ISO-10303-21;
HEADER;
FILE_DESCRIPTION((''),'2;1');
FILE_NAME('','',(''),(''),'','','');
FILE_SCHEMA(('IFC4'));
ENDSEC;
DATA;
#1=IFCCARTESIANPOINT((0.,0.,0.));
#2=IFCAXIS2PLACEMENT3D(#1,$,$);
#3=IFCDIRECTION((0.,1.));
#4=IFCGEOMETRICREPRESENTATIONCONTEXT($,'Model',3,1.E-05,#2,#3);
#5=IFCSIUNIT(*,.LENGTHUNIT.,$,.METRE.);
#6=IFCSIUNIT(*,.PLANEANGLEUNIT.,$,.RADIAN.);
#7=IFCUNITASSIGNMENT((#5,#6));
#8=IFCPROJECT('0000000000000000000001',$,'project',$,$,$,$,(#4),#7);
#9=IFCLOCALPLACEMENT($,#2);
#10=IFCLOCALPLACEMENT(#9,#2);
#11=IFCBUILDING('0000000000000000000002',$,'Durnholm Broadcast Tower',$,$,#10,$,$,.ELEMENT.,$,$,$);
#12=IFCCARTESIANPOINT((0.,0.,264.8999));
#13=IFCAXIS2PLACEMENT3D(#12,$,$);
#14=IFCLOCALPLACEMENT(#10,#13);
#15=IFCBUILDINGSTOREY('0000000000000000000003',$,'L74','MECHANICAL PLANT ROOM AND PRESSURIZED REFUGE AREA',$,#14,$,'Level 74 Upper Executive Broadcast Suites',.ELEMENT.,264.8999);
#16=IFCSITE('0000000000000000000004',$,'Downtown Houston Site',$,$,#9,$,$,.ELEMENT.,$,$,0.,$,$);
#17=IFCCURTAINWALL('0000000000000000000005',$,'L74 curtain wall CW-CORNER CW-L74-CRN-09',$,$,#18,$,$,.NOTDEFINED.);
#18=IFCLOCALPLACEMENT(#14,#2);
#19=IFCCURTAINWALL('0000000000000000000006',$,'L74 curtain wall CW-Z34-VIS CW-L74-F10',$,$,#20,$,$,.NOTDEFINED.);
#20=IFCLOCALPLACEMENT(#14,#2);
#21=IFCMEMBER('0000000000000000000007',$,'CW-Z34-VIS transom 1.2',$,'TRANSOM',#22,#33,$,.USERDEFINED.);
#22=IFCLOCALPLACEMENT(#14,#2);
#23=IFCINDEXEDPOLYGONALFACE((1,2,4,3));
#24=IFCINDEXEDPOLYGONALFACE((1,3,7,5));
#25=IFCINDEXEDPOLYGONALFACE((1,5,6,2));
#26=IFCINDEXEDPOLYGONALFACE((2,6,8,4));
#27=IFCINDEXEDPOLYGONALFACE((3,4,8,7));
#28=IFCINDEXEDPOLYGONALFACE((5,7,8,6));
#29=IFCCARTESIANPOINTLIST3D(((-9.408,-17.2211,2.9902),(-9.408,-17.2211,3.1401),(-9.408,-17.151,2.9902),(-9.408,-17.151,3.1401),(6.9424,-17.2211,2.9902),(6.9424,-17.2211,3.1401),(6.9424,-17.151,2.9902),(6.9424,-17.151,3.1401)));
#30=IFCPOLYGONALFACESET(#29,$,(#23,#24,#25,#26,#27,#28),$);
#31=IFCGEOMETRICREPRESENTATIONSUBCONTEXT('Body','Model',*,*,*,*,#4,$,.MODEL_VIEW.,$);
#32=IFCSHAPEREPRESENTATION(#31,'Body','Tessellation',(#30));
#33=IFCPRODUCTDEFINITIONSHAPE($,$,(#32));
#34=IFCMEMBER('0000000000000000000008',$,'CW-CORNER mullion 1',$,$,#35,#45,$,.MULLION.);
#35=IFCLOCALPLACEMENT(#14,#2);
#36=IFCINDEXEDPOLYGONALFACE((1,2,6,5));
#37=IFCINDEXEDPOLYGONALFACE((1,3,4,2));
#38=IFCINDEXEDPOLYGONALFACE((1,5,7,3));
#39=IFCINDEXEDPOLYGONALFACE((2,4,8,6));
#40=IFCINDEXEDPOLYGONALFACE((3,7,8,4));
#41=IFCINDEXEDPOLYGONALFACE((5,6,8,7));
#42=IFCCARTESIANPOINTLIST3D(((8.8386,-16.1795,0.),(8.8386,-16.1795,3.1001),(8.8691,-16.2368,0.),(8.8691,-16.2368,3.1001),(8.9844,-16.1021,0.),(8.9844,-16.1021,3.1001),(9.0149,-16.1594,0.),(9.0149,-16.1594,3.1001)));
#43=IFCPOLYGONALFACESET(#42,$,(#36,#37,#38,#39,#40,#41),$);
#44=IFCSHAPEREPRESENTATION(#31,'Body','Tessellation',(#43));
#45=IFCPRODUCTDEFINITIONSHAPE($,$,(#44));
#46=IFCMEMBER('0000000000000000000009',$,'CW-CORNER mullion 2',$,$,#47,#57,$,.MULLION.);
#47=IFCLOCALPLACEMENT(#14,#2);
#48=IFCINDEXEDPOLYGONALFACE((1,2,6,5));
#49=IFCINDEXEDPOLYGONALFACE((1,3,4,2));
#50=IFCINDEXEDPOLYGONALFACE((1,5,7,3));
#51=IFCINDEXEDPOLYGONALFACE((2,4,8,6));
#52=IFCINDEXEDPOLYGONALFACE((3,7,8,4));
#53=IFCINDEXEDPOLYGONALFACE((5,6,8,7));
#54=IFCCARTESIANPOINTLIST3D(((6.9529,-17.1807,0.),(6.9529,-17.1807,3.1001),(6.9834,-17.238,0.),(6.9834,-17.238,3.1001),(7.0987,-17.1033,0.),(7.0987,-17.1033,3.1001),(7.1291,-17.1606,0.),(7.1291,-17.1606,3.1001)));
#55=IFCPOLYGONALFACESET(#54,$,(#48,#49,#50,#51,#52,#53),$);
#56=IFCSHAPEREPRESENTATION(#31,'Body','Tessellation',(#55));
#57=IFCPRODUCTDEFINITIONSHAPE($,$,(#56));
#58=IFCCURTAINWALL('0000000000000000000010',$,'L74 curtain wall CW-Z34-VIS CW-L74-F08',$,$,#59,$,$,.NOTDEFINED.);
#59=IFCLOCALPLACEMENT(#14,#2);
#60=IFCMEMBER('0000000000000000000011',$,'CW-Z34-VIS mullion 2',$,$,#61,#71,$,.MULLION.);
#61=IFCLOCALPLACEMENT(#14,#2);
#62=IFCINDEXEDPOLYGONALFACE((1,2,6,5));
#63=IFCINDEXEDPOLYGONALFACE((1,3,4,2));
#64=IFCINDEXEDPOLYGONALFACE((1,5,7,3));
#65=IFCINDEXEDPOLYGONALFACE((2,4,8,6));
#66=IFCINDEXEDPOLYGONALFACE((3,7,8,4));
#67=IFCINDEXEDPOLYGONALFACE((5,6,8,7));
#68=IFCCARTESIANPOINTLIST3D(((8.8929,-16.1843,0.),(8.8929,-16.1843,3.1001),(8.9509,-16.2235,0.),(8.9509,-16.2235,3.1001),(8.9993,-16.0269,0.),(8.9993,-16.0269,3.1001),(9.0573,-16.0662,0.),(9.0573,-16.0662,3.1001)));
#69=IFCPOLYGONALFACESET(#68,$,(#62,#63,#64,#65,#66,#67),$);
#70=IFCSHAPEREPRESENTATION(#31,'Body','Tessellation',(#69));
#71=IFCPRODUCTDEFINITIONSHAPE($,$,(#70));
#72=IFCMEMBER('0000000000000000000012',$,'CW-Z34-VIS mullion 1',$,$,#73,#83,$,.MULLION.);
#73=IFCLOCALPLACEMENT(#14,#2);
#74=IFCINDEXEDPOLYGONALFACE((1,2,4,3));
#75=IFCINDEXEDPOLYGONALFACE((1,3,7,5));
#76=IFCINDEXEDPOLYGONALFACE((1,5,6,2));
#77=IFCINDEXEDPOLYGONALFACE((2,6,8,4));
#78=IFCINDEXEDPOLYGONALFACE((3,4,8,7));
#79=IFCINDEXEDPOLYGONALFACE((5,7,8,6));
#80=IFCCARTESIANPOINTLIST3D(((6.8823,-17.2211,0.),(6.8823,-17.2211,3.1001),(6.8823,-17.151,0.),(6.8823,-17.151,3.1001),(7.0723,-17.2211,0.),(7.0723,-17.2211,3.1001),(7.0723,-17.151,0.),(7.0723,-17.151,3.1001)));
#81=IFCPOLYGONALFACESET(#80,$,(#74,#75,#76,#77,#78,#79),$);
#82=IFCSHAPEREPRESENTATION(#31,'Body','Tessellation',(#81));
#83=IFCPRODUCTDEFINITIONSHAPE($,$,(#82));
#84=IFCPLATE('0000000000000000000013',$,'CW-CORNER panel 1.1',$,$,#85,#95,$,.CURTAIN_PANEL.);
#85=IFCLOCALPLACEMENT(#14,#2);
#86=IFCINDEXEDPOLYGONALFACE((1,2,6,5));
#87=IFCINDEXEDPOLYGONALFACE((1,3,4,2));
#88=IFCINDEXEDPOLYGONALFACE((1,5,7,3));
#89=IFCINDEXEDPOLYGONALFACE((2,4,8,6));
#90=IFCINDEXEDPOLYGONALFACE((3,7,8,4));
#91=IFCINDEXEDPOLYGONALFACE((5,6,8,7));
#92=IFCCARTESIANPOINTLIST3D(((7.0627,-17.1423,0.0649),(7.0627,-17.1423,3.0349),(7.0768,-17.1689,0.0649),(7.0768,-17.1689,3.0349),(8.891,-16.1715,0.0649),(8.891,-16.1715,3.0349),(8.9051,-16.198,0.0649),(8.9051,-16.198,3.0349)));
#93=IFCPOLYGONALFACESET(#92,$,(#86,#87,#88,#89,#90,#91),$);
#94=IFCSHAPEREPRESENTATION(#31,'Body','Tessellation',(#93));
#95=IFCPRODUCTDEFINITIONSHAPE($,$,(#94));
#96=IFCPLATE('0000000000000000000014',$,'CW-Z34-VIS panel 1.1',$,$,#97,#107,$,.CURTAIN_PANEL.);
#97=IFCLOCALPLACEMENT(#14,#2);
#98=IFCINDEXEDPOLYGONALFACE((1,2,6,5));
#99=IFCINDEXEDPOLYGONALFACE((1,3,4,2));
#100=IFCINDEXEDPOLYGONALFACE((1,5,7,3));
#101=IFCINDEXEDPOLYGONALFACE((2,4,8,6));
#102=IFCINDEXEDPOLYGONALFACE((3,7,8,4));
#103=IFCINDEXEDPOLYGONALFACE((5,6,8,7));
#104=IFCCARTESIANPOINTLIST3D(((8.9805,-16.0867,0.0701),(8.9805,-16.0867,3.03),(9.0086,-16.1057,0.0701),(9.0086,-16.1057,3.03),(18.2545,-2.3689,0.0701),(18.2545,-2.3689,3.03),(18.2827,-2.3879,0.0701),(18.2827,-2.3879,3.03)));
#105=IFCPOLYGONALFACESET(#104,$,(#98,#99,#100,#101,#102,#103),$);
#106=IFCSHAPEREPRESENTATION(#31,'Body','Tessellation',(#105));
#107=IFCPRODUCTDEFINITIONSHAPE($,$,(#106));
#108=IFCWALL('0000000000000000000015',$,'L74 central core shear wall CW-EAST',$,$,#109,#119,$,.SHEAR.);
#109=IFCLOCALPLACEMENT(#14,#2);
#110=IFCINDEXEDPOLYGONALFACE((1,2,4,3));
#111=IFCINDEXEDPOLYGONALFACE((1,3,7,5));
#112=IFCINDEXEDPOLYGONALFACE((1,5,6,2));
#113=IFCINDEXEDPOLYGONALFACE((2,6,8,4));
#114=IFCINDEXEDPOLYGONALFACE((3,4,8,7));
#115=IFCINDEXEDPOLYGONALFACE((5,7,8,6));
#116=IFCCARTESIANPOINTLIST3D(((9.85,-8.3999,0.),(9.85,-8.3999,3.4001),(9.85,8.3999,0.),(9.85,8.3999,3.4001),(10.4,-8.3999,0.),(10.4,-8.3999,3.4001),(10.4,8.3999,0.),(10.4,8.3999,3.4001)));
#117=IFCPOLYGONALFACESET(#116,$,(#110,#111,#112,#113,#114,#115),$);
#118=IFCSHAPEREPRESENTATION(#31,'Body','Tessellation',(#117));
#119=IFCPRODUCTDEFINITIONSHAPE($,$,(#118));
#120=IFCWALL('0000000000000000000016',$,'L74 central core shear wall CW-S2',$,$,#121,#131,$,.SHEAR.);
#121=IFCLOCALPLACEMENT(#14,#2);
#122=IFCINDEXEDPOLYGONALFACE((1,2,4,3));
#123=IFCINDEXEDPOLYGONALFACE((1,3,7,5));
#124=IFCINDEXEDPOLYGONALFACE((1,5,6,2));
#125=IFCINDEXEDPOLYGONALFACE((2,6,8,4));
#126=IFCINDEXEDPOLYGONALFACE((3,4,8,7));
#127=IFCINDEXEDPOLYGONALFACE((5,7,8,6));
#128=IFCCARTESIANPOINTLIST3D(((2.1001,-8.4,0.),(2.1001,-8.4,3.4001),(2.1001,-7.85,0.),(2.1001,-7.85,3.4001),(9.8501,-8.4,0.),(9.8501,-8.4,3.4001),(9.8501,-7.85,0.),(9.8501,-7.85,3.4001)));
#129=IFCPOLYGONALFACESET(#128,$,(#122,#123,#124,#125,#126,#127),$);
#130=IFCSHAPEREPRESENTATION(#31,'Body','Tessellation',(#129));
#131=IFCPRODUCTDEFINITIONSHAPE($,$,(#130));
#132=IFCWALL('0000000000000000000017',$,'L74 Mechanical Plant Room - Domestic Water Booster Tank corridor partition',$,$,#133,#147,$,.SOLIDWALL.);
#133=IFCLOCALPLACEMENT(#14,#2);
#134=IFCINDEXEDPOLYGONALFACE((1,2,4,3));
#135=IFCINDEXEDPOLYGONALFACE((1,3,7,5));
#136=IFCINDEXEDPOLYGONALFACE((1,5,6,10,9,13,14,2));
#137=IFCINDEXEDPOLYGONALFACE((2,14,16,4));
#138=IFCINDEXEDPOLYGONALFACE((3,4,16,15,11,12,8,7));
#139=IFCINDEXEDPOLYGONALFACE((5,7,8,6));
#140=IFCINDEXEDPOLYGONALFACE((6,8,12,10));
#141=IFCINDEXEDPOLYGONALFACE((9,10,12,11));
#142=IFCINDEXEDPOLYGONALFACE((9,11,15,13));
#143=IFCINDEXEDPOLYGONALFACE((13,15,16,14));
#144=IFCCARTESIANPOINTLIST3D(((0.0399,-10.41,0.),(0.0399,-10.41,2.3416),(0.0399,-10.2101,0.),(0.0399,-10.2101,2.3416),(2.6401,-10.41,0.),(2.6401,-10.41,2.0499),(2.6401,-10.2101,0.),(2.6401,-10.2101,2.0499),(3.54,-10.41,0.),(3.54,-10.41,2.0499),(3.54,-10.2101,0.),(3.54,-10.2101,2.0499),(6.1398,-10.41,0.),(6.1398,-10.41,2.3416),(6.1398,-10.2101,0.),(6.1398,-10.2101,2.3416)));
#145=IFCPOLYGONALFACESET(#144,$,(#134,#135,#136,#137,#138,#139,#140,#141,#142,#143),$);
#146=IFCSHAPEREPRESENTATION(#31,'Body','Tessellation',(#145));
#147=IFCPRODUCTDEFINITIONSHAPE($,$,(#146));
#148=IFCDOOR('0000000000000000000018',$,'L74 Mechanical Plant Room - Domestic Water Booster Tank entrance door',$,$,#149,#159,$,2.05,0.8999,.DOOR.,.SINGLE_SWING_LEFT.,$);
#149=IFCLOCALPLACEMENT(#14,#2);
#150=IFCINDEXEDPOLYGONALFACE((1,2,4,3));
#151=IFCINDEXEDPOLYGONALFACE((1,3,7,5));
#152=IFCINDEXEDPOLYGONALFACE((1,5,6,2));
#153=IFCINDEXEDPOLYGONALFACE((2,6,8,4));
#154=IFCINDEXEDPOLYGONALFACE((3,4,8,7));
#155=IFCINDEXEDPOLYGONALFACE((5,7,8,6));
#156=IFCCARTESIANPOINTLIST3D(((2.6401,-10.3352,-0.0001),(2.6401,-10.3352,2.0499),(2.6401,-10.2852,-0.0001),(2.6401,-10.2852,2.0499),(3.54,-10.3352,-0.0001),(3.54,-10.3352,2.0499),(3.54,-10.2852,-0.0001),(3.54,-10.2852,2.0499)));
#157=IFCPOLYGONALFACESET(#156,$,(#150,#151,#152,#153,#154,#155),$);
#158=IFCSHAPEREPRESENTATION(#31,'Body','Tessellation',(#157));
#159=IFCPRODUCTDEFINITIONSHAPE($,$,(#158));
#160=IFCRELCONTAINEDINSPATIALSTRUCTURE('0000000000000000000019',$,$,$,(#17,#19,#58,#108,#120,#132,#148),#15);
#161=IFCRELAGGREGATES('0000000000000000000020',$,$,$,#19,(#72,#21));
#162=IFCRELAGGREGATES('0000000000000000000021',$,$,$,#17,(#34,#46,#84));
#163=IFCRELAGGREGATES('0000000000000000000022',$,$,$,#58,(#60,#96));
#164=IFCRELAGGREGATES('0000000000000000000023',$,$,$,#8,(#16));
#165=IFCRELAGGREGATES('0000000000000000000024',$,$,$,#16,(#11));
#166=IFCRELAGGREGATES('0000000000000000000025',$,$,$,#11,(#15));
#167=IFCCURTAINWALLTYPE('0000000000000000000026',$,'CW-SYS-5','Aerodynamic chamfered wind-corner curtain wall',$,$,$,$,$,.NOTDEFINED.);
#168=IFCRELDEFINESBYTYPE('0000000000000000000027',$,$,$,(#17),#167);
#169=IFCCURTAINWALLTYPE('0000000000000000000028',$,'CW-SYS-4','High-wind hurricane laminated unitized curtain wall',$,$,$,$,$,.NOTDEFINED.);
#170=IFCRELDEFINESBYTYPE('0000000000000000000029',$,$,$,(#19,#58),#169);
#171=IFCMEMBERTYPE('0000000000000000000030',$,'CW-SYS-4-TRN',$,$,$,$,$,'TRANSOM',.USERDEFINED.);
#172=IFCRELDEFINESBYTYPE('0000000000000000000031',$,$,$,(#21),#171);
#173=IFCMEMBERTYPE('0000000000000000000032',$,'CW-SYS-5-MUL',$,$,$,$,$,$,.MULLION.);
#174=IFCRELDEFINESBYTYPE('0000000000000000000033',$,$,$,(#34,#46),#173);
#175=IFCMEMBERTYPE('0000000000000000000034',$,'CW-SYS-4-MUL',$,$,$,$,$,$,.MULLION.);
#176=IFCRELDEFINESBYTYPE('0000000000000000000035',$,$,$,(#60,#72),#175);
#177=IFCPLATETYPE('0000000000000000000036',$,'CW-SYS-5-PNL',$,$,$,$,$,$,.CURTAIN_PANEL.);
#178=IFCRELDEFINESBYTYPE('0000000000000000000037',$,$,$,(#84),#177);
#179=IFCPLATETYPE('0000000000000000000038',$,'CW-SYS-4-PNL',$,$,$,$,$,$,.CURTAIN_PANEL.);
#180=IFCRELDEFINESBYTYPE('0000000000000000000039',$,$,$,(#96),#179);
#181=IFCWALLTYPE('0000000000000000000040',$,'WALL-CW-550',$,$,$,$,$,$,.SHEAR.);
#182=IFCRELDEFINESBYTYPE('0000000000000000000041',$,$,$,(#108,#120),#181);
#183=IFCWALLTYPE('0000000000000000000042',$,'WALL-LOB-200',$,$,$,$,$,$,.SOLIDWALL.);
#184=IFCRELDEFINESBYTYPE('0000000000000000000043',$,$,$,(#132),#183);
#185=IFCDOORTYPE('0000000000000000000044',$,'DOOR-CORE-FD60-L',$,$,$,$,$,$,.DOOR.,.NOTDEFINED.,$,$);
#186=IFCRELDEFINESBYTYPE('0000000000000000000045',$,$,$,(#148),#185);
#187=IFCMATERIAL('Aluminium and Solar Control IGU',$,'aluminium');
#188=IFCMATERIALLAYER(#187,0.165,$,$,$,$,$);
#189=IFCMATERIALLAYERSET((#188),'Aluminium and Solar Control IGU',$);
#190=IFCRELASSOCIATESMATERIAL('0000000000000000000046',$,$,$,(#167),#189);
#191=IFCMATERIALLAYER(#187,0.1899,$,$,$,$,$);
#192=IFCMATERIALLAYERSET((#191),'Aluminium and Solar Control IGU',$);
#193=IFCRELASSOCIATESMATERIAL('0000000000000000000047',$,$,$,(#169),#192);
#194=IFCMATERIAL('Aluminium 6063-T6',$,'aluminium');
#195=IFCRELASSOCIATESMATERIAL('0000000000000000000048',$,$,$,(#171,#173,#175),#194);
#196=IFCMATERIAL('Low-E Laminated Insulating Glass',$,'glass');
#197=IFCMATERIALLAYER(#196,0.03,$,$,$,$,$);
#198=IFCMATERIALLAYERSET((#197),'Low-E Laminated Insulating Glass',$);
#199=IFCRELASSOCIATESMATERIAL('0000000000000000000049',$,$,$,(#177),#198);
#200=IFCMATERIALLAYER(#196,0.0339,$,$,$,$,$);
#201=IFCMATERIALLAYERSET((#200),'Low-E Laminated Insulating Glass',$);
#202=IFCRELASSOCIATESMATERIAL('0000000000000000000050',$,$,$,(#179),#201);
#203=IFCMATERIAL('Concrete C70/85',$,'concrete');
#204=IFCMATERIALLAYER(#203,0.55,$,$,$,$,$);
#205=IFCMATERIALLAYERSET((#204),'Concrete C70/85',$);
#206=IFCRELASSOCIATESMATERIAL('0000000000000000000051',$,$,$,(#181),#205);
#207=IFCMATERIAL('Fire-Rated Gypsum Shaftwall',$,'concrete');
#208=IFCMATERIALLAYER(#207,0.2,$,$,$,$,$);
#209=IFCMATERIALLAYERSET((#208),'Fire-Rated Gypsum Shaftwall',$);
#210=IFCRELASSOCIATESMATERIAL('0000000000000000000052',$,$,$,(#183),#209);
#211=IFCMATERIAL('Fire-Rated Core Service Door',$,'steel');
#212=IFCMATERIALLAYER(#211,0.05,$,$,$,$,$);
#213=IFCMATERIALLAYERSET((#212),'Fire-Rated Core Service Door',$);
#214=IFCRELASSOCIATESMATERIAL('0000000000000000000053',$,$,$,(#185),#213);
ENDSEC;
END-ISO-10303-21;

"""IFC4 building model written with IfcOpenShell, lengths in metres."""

from ifc_helpers import new_model, si_unit, direction, frame, frame_2d, origin, origin_2d, place, context, subcontext, project, spatial, rectangle, extrude, source, transform, mapped, material, layer, layer_set, material_profile, profile_set, type_object, type_shapes, element, fill, aggregate, save


model = new_model("IFC4")

# Units and contexts
model_context = context("Model", 3, precision=1e-05, world=origin(), true_north=direction((0.0, 1.0)))
body_context = subcontext(model_context, "Body", "Model", "MODEL_VIEW")
ifc_project = project(units=[si_unit("LENGTHUNIT", "METRE"), si_unit("PLANEANGLEUNIT", "RADIAN")], contexts=[model_context])

# Site, building, storey
site_placement = place(None, origin())
site = spatial("IfcSite", under=ifc_project, at=site_placement, Name="Downtown Houston Site", CompositionType="ELEMENT", RefElevation=0.0)
building_placement = place(site_placement, origin())
building = spatial("IfcBuilding", under=site, at=building_placement, Name="Durnholm Broadcast Tower", CompositionType="ELEMENT")
storey_placement = place(building_placement, frame((0.0, 0.0, 264.8999)))
storey = spatial("IfcBuildingStorey", under=building, at=storey_placement, Name="L74", Description="MECHANICAL PLANT ROOM AND PRESSURIZED REFUGE AREA", LongName="Level 74 Upper Executive Broadcast Suites", CompositionType="ELEMENT", Elevation=264.8999)

# Shared definitions
ifc_material_1 = material(Name="Concrete C70/85", Category="concrete")

# Curtain walls, member
ifc_material_2 = material(Name="Aluminium and Solar Control IGU", Category="aluminium")
ifc_layer_1 = layer(ifc_material_2, 0.165)
ifc_layer_set_1 = layer_set([ifc_layer_1], Name="Aluminium and Solar Control IGU")
curtain_wall_type_1 = type_object("IfcCurtainWallType", Name="CW-SYS-5", Description="Aerodynamic chamfered wind-corner curtain wall", PredefinedType="NOTDEFINED", material=ifc_layer_set_1)
curtain_wall_1_placement = place(storey_placement, origin())
curtain_wall_1 = element("IfcCurtainWall", 1, at=curtain_wall_1_placement, inside=storey, type_object=curtain_wall_type_1, Name="L74 curtain wall CW-CORNER CW-L74-CRN-09", PredefinedType="NOTDEFINED")
ifc_material_3 = material(Name="Aluminium 6063-T6", Category="aluminium")
ifc_layer_2 = layer(ifc_material_2, 0.1899)
ifc_layer_set_2 = layer_set([ifc_layer_2], Name="Aluminium and Solar Control IGU")
curtain_wall_type_2 = type_object("IfcCurtainWallType", Name="CW-SYS-4", Description="High-wind hurricane laminated unitized curtain wall", PredefinedType="NOTDEFINED", material=ifc_layer_set_2)
curtain_wall_2_placement = place(storey_placement, origin())
curtain_wall_2 = element("IfcCurtainWall", 2, at=curtain_wall_2_placement, inside=storey, type_object=curtain_wall_type_2, Name="L74 curtain wall CW-Z34-VIS CW-L74-F10", PredefinedType="NOTDEFINED")
ifc_material_profile_1 = material_profile(ifc_material_3, rectangle(XDim=0.0701, YDim=0.1499, at=origin_2d()), Name="CWT70X150")
ifc_profile_set_1 = profile_set([ifc_material_profile_1], Name="Aluminium 6063-T6")
member_type_1 = type_object("IfcMemberType", Name="CW-SYS-4-TRN", ElementType="TRANSOM", PredefinedType="USERDEFINED", material=ifc_profile_set_1)
shared_shape_1 = source(origin(), body_context, "Body", "SweptSolid", [
    extrude(rectangle(XDim=0.0701, YDim=0.1499, at=origin_2d()), origin(), (0.0, 0.0, 1.0), 16.3503),
])
type_shapes(member_type_1, [shared_shape_1])
member_1_placement = place(storey_placement, frame((6.9424, -17.186, 3.0652), z_axis=(-1.0, 0.0, 0.0), x_axis=(0.0, -1.0, 0.0)))
member_1 = element("IfcMember", 3, at=member_1_placement, type_object=member_type_1, Name="CW-Z34-VIS transom 1.2", ObjectType="TRANSOM", PredefinedType="USERDEFINED", context=body_context, shape_type="MappedRepresentation", body=[
    mapped(shared_shape_1, transform((0.0, 0.0, 0.0), x_axis=(1.0, 0.0, 0.0), y_axis=(0.0, 1.0, 0.0), z_axis=(0.0, 0.0, 1.0), scale=1.0)),
])

# Members
ifc_material_profile_2 = material_profile(ifc_material_3, rectangle(XDim=0.0649, YDim=0.165, at=origin_2d()), Name="CWM65X165")
ifc_profile_set_2 = profile_set([ifc_material_profile_2], Name="Aluminium 6063-T6")
member_type_2 = type_object("IfcMemberType", Name="CW-SYS-5-MUL", PredefinedType="MULLION", material=ifc_profile_set_2)
shared_shape_2 = source(origin(), body_context, "Body", "SweptSolid", [
    extrude(rectangle(XDim=0.0649, YDim=0.165, at=origin_2d()), origin(), (0.0, 0.0, 1.0), 3.1001),
])
type_shapes(member_type_2, [shared_shape_2])
member_2_placement = place(storey_placement, frame((8.9268, -16.1694, 0.0), z_axis=(0.0, 0.0, 1.0), x_axis=(0.469007, -0.883195, 0.0)))
member_2 = element("IfcMember", 4, at=member_2_placement, type_object=member_type_2, Name="CW-CORNER mullion 1", PredefinedType="MULLION", context=body_context, shape_type="MappedRepresentation", body=[
    mapped(shared_shape_2, transform((0.0, 0.0, 0.0), x_axis=(1.0, 0.0, 0.0), y_axis=(0.0, 1.0, 0.0), z_axis=(0.0, 0.0, 1.0), scale=1.0)),
])
member_3_placement = place(storey_placement, frame((7.041, -17.1707, 0.0), z_axis=(0.0, 0.0, 1.0), x_axis=(0.469007, -0.883195, 0.0)))
member_3 = element("IfcMember", 5, at=member_3_placement, type_object=member_type_2, Name="CW-CORNER mullion 2", PredefinedType="MULLION", context=body_context, shape_type="MappedRepresentation", body=[
    mapped(shared_shape_2, transform((0.0, 0.0, 0.0), x_axis=(1.0, 0.0, 0.0), y_axis=(0.0, 1.0, 0.0), z_axis=(0.0, 0.0, 1.0), scale=1.0)),
])

# Curtain wall, member
curtain_wall_3_placement = place(storey_placement, origin())
curtain_wall_3 = element("IfcCurtainWall", 6, at=curtain_wall_3_placement, inside=storey, type_object=curtain_wall_type_2, Name="L74 curtain wall CW-Z34-VIS CW-L74-F08", PredefinedType="NOTDEFINED")
ifc_material_profile_3 = material_profile(ifc_material_3, rectangle(XDim=0.0701, YDim=0.1899, at=origin_2d()), Name="CWM70X190")
ifc_profile_set_3 = profile_set([ifc_material_profile_3], Name="Aluminium 6063-T6")
member_type_3 = type_object("IfcMemberType", Name="CW-SYS-4-MUL", PredefinedType="MULLION", material=ifc_profile_set_3)
shared_shape_3 = source(origin(), body_context, "Body", "SweptSolid", [
    extrude(rectangle(XDim=0.0701, YDim=0.1899, at=origin_2d()), origin(), (0.0, 0.0, 1.0), 3.1001),
])
type_shapes(member_type_3, [shared_shape_3])
member_4_placement = place(storey_placement, frame((8.9751, -16.1252, 0.0), z_axis=(0.0, 0.0, 1.0), x_axis=(0.828443, -0.560073, 0.0)))
member_4 = element("IfcMember", 7, at=member_4_placement, type_object=member_type_3, Name="CW-Z34-VIS mullion 2", PredefinedType="MULLION", context=body_context, shape_type="MappedRepresentation", body=[
    mapped(shared_shape_3, transform((0.0, 0.0, 0.0), x_axis=(1.0, 0.0, 0.0), y_axis=(0.0, 1.0, 0.0), z_axis=(0.0, 0.0, 1.0), scale=1.0)),
])

# Member
member_5_placement = place(storey_placement, frame((6.9773, -17.186, 0.0), z_axis=(0.0, 0.0, 1.0), x_axis=(0.0, -1.0, 0.0)))
member_5 = element("IfcMember", 8, at=member_5_placement, type_object=member_type_3, Name="CW-Z34-VIS mullion 1", PredefinedType="MULLION", context=body_context, shape_type="MappedRepresentation", body=[
    mapped(shared_shape_3, transform((0.0, 0.0, 0.0), x_axis=(1.0, 0.0, 0.0), y_axis=(0.0, 1.0, 0.0), z_axis=(0.0, 0.0, 1.0), scale=1.0)),
])
aggregate(curtain_wall_2, [member_5, member_1])

# Plates
ifc_material_4 = material(Name="Low-E Laminated Insulating Glass", Category="glass")
ifc_layer_3 = layer(ifc_material_4, 0.03)
ifc_layer_set_3 = layer_set([ifc_layer_3], Name="Low-E Laminated Insulating Glass")
plate_type_1 = type_object("IfcPlateType", Name="CW-SYS-5-PNL", PredefinedType="CURTAIN_PANEL", material=ifc_layer_set_3)
shared_shape_4 = source(origin(), body_context, "Body", "SweptSolid", [
    extrude(rectangle(XDim=2.0701, YDim=0.03, at=origin_2d()), origin(), (0.0, 0.0, 1.0), 2.97),
])
type_shapes(plate_type_1, [shared_shape_4])
plate_1_placement = place(storey_placement, frame((7.9839, -16.6702, 0.0649), z_axis=(0.0, 0.0, 1.0), x_axis=(-0.883195, -0.469007, 0.0)))
plate_1 = element("IfcPlate", 9, at=plate_1_placement, type_object=plate_type_1, Name="CW-CORNER panel 1.1", PredefinedType="CURTAIN_PANEL", context=body_context, shape_type="MappedRepresentation", body=[
    mapped(shared_shape_4, transform((0.0, 0.0, 0.0), x_axis=(1.0, 0.0, 0.0), y_axis=(0.0, 1.0, 0.0), z_axis=(0.0, 0.0, 1.0), scale=1.0)),
])
aggregate(curtain_wall_1, [member_2, member_3, plate_1])
ifc_layer_4 = layer(ifc_material_4, 0.0339)
ifc_layer_set_4 = layer_set([ifc_layer_4], Name="Low-E Laminated Insulating Glass")
plate_type_2 = type_object("IfcPlateType", Name="CW-SYS-4-PNL", PredefinedType="CURTAIN_PANEL", material=ifc_layer_set_4)
shared_shape_5 = source(origin(), body_context, "Body", "SweptSolid", [
    extrude(rectangle(XDim=16.5586, YDim=0.0339, at=origin_2d()), origin(), (0.0, 0.0, 1.0), 2.96),
])
type_shapes(plate_type_2, [shared_shape_5])
plate_2_placement = place(storey_placement, frame((13.6316, -9.2373, 0.0701), z_axis=(0.0, 0.0, 1.0), x_axis=(-0.560073, -0.828443, 0.0)))
plate_2 = element("IfcPlate", 10, at=plate_2_placement, type_object=plate_type_2, Name="CW-Z34-VIS panel 1.1", PredefinedType="CURTAIN_PANEL", context=body_context, shape_type="MappedRepresentation", body=[
    mapped(shared_shape_5, transform((0.0, 0.0, 0.0), x_axis=(1.0, 0.0, 0.0), y_axis=(0.0, 1.0, 0.0), z_axis=(0.0, 0.0, 1.0), scale=1.0)),
])
aggregate(curtain_wall_3, [member_4, plate_2])

# Walls
ifc_layer_5 = layer(ifc_material_1, 0.55)
ifc_layer_set_5 = layer_set([ifc_layer_5], Name="Concrete C70/85")
wall_type_1 = type_object("IfcWallType", Name="WALL-CW-550", PredefinedType="SHEAR", material=ifc_layer_set_5)
wall_1_placement = place(storey_placement, frame((10.125, -8.3999, 0.0), z_axis=(0.0, 0.0, 1.0), x_axis=(0.0, 1.0, 0.0)))
element("IfcWall", 11, at=wall_1_placement, inside=storey, type_object=wall_type_1, Name="L74 central core shear wall CW-EAST", PredefinedType="SHEAR", context=body_context, shape_type="SweptSolid", body=[
    extrude(rectangle(XDim=16.7998, YDim=0.55, at=frame_2d((8.3999, 0.0))), origin(), (0.0, 0.0, 1.0), 3.4001),
])
wall_2_placement = place(storey_placement, frame((2.1001, -8.125, 0.0), z_axis=(0.0, 0.0, 1.0), x_axis=(1.0, 0.0, 0.0)))
element("IfcWall", 12, at=wall_2_placement, inside=storey, type_object=wall_type_1, Name="L74 central core shear wall CW-S2", PredefinedType="SHEAR", context=body_context, shape_type="SweptSolid", body=[
    extrude(rectangle(XDim=7.75, YDim=0.55, at=frame_2d((3.875, 0.0))), origin(), (0.0, 0.0, 1.0), 3.4001),
])

# Wall, opening, door
ifc_material_5 = material(Name="Fire-Rated Gypsum Shaftwall", Category="concrete")
ifc_layer_6 = layer(ifc_material_5, 0.2)
ifc_layer_set_6 = layer_set([ifc_layer_6], Name="Fire-Rated Gypsum Shaftwall")
wall_type_2 = type_object("IfcWallType", Name="WALL-LOB-200", PredefinedType="SOLIDWALL", material=ifc_layer_set_6)
wall_3_placement = place(storey_placement, frame((0.04, -10.3101, 0.0), z_axis=(0.0, 0.0, 1.0), x_axis=(1.0, 0.0, 0.0)))
wall_3 = element("IfcWall", 13, at=wall_3_placement, inside=storey, type_object=wall_type_2, Name="L74 Mechanical Plant Room - Domestic Water Booster Tank corridor partition", PredefinedType="SOLIDWALL", context=body_context, shape_type="SweptSolid", body=[
    extrude(rectangle(XDim=6.0999, YDim=0.2, at=frame_2d((3.0498, 0.0))), origin(), (0.0, 0.0, 1.0), 2.3416),
])
opening_1_placement = place(wall_3_placement, frame((2.6001, 0.0, 0.0)))
opening_1 = element("IfcOpeningElement", 14, at=opening_1_placement, cuts=wall_3, PredefinedType="OPENING", context=body_context, shape_type="SweptSolid", body=[
    extrude(rectangle(XDim=0.8999, YDim=2.05, at=frame_2d((0.45, 1.0249))), frame((0.0, 0.1099, 0.0), z_axis=(0.0, -1.0, 0.0), x_axis=(1.0, 0.0, 0.0)), (0.0, 0.0, 1.0), 0.22),
])
ifc_material_6 = material(Name="Fire-Rated Core Service Door", Category="steel")
ifc_layer_7 = layer(ifc_material_6, 0.05)
ifc_layer_set_7 = layer_set([ifc_layer_7], Name="Fire-Rated Core Service Door")
door_type_1 = type_object("IfcDoorType", Name="DOOR-CORE-FD60-L", OperationType="NOTDEFINED", PredefinedType="DOOR", material=ifc_layer_set_7)
shared_shape_6 = source(origin(), body_context, "Body", "SweptSolid", [
    extrude(rectangle(XDim=0.8999, YDim=2.05, at=frame_2d((0.45, 1.0249))), frame((0.0, 0.0249, 0.0), z_axis=(0.0, -1.0, 0.0), x_axis=(1.0, 0.0, 0.0)), (0.0, 0.0, 1.0), 0.05),
])
type_shapes(door_type_1, [shared_shape_6])
door_1_placement = place(opening_1_placement, origin())
door_1 = element("IfcDoor", 15, at=door_1_placement, inside=storey, type_object=door_type_1, Name="L74 Mechanical Plant Room - Domestic Water Booster Tank entrance door", OperationType="SINGLE_SWING_LEFT", OverallHeight=2.05, OverallWidth=0.8999, PredefinedType="DOOR", context=body_context, shape_type="MappedRepresentation", body=[
    mapped(shared_shape_6, transform((0.0, 0.0, 0.0), x_axis=(1.0, 0.0, 0.0), y_axis=(0.0, 1.0, 0.0), z_axis=(0.0, 0.0, 1.0), scale=1.0)),
])
fill(opening_1, door_1)

save(model, "model.ifc")
